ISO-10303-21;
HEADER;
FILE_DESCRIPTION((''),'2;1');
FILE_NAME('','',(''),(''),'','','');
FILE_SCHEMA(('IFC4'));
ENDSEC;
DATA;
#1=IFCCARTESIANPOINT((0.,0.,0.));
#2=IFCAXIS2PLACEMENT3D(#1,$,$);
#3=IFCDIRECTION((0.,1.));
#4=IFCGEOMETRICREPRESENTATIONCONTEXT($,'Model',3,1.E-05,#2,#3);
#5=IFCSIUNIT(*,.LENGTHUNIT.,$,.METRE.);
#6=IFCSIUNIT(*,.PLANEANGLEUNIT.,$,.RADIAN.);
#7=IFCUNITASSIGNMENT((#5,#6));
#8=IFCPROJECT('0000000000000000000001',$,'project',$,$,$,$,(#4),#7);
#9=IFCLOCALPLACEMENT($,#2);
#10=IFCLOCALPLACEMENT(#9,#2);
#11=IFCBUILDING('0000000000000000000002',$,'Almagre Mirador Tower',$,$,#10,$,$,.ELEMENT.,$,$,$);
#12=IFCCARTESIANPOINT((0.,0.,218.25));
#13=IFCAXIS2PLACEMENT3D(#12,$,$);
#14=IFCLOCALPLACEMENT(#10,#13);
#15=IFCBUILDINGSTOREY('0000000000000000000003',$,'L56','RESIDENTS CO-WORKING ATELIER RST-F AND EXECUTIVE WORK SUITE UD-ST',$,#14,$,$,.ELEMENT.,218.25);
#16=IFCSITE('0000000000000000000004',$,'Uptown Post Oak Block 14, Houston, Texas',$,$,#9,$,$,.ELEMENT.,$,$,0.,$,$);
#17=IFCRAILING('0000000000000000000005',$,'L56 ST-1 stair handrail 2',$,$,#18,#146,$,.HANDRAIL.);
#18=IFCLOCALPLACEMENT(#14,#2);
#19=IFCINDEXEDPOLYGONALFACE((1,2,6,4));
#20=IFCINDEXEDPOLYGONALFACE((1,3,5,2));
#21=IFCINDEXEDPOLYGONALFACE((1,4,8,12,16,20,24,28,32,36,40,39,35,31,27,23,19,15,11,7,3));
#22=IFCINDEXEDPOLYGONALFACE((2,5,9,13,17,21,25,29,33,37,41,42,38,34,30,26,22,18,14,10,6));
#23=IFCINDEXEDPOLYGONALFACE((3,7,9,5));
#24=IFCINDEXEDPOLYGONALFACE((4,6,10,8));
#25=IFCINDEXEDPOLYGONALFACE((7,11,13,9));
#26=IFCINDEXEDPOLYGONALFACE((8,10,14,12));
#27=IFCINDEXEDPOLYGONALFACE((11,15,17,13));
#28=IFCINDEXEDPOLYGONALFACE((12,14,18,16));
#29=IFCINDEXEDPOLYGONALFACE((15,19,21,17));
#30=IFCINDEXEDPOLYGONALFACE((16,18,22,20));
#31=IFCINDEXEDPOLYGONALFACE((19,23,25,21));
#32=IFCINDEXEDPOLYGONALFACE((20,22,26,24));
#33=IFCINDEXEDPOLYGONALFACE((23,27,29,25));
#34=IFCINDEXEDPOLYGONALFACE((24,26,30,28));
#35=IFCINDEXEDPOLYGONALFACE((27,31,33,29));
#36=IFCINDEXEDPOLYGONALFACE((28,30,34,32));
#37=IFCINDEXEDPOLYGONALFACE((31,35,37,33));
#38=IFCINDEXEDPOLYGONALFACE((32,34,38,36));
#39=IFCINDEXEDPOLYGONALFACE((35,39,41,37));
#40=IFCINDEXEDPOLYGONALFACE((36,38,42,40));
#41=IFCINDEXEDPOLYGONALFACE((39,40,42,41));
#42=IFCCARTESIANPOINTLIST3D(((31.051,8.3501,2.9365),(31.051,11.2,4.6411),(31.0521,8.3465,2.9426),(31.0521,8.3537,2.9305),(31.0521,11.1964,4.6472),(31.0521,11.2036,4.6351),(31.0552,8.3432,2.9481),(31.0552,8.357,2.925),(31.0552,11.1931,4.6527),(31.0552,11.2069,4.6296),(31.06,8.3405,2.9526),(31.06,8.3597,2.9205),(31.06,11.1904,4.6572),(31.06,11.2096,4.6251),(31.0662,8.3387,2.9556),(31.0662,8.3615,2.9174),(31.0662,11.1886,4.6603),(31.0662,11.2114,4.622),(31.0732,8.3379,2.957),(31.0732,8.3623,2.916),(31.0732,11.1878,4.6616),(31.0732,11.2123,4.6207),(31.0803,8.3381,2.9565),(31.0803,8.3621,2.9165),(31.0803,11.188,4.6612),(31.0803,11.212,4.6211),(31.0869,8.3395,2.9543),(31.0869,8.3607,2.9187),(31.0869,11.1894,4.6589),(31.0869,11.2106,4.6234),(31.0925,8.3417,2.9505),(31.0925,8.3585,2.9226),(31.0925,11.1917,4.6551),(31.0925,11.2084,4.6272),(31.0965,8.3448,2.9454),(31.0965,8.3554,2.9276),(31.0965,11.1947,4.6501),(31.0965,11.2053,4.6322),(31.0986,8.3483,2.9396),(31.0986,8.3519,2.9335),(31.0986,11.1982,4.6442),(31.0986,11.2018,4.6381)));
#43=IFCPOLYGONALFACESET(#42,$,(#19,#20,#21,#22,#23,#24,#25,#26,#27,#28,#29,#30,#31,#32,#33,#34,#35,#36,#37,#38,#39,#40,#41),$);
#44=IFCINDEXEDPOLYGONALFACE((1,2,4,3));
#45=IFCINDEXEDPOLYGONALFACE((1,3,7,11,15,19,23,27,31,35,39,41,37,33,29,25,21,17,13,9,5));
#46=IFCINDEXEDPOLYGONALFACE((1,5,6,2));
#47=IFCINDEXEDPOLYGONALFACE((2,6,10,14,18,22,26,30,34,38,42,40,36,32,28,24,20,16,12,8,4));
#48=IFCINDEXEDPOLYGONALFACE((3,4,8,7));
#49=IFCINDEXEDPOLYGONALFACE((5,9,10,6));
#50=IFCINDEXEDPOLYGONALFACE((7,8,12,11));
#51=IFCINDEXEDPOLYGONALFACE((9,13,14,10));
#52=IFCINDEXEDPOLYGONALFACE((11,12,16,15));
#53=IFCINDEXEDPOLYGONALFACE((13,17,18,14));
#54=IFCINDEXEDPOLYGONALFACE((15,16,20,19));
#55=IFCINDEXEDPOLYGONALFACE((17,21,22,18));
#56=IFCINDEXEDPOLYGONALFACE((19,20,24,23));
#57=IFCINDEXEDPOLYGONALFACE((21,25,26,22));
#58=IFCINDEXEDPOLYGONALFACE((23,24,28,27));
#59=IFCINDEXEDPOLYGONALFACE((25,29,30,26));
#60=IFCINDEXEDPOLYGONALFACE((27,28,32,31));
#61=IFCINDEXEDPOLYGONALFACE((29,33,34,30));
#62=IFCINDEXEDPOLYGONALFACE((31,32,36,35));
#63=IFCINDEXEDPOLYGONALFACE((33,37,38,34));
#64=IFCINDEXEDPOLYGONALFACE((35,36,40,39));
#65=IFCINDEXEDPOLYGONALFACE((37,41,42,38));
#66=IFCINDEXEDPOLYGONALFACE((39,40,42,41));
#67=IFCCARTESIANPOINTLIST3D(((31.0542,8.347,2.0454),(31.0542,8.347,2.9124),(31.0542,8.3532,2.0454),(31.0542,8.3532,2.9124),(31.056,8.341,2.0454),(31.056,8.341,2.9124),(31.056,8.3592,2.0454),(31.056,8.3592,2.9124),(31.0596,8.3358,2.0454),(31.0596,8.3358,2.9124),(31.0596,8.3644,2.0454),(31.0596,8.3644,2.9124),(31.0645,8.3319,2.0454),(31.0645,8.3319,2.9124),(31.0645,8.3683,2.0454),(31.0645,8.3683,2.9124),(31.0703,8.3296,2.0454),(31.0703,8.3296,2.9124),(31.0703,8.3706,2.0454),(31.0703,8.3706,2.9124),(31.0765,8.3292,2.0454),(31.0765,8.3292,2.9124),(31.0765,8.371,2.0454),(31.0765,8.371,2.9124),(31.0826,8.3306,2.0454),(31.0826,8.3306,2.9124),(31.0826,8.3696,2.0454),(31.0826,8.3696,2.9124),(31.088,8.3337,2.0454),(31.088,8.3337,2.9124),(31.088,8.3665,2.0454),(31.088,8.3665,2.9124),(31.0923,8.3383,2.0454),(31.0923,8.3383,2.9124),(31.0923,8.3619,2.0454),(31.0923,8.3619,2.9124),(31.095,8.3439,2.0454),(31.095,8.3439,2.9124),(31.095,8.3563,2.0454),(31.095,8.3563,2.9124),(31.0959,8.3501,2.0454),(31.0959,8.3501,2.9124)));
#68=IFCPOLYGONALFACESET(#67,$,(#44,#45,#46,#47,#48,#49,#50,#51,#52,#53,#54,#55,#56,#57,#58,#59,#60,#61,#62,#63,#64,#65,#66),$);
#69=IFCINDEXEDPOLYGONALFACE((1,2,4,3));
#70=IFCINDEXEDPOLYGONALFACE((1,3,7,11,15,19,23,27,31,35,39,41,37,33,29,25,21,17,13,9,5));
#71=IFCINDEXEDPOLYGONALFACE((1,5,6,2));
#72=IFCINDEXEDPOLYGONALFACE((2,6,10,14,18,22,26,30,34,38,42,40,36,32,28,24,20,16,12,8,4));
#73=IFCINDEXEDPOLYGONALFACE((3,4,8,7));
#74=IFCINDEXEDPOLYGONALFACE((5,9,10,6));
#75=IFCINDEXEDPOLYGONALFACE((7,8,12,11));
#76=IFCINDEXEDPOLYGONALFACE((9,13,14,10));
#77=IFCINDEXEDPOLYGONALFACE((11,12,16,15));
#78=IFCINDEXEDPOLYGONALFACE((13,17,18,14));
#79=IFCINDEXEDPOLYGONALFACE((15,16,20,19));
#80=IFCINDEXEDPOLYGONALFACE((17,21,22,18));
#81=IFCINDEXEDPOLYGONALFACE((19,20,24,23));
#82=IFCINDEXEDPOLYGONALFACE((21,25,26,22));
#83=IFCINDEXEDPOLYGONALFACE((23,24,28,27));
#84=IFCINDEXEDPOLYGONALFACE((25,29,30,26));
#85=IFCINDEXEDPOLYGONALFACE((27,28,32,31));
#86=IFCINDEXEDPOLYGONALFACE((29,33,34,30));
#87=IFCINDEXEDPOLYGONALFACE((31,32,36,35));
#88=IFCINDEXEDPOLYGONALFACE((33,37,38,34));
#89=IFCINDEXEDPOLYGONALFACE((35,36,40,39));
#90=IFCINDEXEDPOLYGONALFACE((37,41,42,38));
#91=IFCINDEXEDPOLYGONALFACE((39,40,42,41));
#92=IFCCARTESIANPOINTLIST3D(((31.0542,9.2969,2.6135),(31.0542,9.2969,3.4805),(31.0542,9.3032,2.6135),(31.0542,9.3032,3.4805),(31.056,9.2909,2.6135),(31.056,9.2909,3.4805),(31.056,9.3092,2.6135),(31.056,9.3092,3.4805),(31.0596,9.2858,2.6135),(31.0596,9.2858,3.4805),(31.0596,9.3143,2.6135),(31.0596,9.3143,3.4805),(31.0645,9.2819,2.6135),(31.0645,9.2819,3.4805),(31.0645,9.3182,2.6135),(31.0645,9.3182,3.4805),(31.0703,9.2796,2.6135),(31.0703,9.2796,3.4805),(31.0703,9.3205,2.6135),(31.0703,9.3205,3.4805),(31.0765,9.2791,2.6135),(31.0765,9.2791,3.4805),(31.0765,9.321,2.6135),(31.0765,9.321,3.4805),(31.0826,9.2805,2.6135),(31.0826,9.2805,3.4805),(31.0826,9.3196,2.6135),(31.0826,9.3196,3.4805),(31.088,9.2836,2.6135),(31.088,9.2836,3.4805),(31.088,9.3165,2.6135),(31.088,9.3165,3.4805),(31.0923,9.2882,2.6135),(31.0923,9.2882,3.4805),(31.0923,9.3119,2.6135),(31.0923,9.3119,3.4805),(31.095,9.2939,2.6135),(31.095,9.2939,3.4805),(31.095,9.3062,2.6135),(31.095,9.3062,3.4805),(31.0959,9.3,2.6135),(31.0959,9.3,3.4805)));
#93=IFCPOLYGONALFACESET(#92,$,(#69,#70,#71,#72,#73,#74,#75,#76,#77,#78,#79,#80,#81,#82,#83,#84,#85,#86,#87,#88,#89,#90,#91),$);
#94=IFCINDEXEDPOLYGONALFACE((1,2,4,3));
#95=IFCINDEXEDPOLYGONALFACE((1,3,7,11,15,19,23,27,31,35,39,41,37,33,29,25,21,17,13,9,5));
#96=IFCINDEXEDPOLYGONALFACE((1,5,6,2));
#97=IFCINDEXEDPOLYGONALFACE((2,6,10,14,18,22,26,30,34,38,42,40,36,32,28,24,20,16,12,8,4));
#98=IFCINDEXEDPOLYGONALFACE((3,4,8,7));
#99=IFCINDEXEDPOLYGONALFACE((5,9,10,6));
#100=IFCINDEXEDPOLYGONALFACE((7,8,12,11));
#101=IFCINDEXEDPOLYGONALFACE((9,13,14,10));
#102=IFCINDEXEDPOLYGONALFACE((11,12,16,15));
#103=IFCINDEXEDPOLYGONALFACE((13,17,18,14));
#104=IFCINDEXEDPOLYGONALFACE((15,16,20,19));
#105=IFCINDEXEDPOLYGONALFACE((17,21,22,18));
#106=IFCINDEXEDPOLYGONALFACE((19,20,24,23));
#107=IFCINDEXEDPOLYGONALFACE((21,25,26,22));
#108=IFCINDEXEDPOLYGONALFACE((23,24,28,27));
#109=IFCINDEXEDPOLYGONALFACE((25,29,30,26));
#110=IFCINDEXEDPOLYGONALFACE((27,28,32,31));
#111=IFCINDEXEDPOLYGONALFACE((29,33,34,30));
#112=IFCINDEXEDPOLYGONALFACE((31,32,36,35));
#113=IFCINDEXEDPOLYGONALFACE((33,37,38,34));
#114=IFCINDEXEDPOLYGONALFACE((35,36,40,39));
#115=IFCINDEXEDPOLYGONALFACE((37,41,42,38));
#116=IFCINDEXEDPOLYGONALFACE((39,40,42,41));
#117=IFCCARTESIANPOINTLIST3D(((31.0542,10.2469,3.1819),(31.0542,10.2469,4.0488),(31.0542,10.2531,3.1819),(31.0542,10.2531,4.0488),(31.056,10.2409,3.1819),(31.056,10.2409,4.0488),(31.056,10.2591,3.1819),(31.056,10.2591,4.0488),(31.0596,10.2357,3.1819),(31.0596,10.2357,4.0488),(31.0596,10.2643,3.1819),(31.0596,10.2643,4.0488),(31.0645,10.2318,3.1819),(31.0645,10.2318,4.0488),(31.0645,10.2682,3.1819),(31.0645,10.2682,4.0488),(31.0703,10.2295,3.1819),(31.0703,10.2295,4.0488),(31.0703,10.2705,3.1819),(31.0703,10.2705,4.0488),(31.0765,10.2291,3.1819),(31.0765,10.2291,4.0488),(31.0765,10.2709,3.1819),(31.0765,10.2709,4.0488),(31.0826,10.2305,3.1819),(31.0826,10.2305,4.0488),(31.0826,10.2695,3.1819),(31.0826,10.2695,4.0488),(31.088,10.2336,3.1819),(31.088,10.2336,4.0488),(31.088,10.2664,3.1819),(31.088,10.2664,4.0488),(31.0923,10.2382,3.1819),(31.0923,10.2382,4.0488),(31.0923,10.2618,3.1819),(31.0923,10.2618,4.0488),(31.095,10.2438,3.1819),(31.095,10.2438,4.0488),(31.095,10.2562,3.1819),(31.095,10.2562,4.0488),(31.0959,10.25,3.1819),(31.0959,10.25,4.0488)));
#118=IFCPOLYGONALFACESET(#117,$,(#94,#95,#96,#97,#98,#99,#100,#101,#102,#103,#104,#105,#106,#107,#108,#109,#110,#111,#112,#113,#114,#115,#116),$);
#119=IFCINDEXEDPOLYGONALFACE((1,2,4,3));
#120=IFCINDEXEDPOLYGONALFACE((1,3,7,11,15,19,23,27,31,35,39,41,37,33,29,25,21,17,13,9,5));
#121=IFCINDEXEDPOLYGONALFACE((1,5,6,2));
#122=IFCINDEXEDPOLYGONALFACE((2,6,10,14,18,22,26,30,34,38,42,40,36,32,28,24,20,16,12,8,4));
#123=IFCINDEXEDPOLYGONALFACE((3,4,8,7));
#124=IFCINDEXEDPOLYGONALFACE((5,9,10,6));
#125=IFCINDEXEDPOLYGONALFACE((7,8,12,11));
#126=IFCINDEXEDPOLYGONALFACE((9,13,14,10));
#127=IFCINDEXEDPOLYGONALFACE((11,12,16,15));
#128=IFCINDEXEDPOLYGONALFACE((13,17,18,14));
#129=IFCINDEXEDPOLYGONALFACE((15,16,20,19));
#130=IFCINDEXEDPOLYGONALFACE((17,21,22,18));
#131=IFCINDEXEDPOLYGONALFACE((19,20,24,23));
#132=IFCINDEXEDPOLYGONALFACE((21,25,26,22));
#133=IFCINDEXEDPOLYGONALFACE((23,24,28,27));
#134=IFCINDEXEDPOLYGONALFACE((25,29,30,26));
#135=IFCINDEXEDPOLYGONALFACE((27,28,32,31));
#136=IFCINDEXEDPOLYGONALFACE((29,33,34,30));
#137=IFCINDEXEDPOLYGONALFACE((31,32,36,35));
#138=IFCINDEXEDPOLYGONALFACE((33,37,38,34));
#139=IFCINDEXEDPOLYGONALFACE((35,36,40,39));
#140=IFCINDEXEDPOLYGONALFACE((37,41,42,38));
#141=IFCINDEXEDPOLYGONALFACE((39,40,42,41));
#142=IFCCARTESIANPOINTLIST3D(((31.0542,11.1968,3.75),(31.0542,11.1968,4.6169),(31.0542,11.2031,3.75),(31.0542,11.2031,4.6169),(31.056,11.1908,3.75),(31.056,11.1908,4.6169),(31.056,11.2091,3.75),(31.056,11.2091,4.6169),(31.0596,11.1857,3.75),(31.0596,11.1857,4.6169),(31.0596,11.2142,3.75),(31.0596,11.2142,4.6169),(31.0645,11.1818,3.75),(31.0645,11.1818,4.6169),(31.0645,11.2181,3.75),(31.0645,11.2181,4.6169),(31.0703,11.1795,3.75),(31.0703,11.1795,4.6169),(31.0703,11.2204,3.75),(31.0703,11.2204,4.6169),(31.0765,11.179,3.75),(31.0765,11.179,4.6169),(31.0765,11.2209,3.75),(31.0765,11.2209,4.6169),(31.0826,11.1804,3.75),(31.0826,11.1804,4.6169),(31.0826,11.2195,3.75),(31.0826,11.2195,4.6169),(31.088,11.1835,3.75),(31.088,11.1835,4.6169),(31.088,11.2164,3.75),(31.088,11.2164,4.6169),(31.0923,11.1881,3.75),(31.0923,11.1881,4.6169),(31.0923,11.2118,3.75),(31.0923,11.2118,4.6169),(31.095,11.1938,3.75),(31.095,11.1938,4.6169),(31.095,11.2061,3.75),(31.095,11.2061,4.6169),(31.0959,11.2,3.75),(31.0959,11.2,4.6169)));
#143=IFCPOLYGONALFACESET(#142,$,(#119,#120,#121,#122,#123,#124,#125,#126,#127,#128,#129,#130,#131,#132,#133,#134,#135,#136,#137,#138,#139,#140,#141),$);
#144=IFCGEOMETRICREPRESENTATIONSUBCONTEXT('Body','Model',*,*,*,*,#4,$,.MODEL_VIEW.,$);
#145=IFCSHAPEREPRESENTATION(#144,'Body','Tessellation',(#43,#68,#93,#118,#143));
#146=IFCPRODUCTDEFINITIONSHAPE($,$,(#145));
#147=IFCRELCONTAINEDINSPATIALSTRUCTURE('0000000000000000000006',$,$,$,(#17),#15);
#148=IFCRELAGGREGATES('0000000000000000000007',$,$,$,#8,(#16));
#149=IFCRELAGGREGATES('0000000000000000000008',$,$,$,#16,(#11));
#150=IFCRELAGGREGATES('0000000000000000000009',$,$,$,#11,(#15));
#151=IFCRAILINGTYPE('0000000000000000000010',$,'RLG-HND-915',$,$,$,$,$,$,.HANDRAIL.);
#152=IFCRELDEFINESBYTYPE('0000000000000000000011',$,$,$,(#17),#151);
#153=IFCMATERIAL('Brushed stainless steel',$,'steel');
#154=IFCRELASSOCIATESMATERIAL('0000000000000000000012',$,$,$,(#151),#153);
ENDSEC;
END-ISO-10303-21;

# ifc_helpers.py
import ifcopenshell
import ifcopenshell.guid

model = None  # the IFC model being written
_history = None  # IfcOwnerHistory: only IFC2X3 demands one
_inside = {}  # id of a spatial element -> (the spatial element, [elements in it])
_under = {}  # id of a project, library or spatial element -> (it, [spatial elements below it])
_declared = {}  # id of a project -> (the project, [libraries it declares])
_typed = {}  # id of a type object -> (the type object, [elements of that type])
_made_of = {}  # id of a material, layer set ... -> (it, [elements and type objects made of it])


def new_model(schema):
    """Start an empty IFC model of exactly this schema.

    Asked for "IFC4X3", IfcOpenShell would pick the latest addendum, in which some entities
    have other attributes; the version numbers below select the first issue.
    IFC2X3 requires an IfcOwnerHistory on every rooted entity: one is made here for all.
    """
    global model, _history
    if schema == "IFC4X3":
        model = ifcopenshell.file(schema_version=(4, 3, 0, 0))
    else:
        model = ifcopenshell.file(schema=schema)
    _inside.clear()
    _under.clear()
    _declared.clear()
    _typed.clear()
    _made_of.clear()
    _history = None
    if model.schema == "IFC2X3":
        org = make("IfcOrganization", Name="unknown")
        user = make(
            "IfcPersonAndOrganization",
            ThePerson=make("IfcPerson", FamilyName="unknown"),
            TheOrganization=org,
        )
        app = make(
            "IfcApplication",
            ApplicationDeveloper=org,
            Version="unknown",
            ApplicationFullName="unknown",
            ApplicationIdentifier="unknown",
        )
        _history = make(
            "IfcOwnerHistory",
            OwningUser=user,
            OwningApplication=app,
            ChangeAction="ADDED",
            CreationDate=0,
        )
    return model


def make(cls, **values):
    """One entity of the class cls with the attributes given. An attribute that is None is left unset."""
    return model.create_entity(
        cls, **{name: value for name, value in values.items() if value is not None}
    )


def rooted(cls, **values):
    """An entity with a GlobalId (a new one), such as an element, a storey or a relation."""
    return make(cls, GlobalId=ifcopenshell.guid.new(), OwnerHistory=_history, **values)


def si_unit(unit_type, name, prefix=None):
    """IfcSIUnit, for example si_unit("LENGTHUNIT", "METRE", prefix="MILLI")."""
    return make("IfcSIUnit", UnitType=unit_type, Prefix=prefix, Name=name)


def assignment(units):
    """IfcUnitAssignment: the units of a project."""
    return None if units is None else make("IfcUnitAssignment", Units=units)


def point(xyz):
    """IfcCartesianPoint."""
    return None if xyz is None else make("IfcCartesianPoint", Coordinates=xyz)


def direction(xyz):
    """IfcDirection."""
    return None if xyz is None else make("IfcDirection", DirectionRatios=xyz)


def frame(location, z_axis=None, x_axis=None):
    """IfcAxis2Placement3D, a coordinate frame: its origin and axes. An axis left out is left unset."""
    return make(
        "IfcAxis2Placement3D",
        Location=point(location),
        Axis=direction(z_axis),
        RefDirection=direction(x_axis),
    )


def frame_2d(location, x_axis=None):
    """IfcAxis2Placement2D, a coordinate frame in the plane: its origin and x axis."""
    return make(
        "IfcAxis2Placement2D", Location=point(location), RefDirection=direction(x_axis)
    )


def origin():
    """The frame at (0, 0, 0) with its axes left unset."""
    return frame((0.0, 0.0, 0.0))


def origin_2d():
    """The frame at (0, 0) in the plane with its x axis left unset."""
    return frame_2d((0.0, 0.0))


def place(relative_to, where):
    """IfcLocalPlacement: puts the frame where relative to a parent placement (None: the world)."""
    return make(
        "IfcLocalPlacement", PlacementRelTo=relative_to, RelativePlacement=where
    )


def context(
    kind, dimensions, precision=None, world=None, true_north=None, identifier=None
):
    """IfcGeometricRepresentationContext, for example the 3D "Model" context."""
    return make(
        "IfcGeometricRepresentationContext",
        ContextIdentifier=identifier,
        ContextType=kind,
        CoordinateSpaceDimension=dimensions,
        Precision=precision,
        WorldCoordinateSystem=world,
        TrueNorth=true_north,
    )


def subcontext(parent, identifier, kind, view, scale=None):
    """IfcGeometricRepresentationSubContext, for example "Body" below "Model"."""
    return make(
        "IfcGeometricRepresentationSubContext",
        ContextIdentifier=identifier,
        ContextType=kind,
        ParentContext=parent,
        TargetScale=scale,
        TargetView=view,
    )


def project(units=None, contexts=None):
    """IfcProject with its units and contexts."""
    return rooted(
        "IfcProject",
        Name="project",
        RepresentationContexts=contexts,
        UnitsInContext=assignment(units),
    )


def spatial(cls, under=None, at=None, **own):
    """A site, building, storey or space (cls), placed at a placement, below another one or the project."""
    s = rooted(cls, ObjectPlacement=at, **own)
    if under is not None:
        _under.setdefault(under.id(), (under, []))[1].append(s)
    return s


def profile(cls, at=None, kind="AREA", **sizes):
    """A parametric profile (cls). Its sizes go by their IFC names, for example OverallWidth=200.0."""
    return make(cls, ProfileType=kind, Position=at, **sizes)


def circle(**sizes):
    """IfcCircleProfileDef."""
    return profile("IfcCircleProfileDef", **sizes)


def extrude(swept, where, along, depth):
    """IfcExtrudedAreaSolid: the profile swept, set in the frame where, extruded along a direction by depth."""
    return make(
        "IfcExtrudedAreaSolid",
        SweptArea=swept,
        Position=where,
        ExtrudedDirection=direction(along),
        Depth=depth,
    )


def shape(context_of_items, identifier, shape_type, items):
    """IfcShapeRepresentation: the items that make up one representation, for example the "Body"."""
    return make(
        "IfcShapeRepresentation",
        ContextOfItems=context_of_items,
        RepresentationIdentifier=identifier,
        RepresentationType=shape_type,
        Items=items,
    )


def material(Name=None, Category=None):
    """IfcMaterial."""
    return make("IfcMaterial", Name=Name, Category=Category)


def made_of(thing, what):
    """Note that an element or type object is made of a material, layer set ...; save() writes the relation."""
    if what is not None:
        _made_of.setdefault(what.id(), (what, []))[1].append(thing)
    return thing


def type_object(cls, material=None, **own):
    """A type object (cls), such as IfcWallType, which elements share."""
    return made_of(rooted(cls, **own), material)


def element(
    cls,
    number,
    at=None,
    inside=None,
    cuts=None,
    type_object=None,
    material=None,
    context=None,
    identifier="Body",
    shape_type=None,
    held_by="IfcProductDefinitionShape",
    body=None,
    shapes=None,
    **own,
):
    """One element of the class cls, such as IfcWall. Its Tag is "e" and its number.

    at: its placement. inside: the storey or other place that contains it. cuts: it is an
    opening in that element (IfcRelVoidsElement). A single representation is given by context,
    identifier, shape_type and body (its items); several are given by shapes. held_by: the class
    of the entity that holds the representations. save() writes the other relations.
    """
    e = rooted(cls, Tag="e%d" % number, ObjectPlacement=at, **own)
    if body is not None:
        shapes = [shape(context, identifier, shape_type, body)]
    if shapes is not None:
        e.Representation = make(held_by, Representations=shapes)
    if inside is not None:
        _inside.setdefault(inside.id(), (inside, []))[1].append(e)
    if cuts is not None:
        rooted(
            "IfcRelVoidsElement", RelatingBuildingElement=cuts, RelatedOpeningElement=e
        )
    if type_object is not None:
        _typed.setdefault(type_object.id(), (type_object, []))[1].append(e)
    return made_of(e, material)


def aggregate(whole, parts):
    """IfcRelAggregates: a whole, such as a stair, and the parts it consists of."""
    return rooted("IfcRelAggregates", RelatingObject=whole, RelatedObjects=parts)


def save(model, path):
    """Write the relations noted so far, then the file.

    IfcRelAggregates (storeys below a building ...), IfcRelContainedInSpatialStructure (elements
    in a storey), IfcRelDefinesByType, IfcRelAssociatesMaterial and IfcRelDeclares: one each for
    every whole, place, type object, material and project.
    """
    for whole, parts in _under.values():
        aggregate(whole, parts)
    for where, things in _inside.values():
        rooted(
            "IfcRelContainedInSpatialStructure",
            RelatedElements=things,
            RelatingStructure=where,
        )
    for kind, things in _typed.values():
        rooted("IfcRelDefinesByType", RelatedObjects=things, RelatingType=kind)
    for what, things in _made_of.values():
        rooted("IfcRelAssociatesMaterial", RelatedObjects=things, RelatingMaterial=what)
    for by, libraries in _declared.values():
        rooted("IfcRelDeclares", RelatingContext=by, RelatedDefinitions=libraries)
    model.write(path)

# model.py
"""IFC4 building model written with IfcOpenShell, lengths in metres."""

from ifc_helpers import new_model, si_unit, direction, frame, origin, origin_2d, place, context, subcontext, project, spatial, circle, extrude, material, type_object, element, save


model = new_model("IFC4")

# Units and contexts
model_context = context("Model", 3, precision=1e-05, world=origin(), true_north=direction((0.0, 1.0)))
body_context = subcontext(model_context, "Body", "Model", "MODEL_VIEW")
ifc_project = project(units=[si_unit("LENGTHUNIT", "METRE"), si_unit("PLANEANGLEUNIT", "RADIAN")], contexts=[model_context])

# Site, building, storey
site_placement = place(None, origin())
site = spatial("IfcSite", under=ifc_project, at=site_placement, Name="Uptown Post Oak Block 14, Houston, Texas", CompositionType="ELEMENT", RefElevation=0.0)
building_placement = place(site_placement, origin())
building = spatial("IfcBuilding", under=site, at=building_placement, Name="Almagre Mirador Tower", CompositionType="ELEMENT")
storey_placement = place(building_placement, frame((0.0, 0.0, 218.25)))
storey = spatial("IfcBuildingStorey", under=building, at=storey_placement, Name="L56", Description="RESIDENTS CO-WORKING ATELIER RST-F AND EXECUTIVE WORK SUITE UD-ST", CompositionType="ELEMENT", Elevation=218.25)

# Railing
ifc_material_1 = material(Name="Brushed stainless steel", Category="steel")
railing_type_1 = type_object("IfcRailingType", Name="RLG-HND-915", PredefinedType="HANDRAIL", material=ifc_material_1)
railing_1_placement = place(storey_placement, frame((31.075, 8.3501, 2.0454)))
element("IfcRailing", 1, at=railing_1_placement, inside=storey, type_object=railing_type_1, Name="L56 ST-1 stair handrail 2", PredefinedType="HANDRAIL", context=body_context, shape_type="SweptSolid", body=[
    extrude(circle(Radius=0.0239, at=origin_2d()), frame((0.0, 0.0, 0.8911), z_axis=(0.0, 0.858199, 0.513317), x_axis=(-1.0, 0.0, 0.0)), (0.0, 0.0, 1.0), 3.3208),
    extrude(circle(Radius=0.021, at=origin_2d()), origin(), (0.0, 0.0, 1.0), 0.8669),
    extrude(circle(Radius=0.021, at=origin_2d()), frame((0.0, 0.95, 0.5681)), (0.0, 0.0, 1.0), 0.8669),
    extrude(circle(Radius=0.021, at=origin_2d()), frame((0.0, 1.8999, 1.1365)), (0.0, 0.0, 1.0), 0.8669),
    extrude(circle(Radius=0.021, at=origin_2d()), frame((0.0, 2.8499, 1.7046)), (0.0, 0.0, 1.0), 0.8669),
])

save(model, "model.ifc")
